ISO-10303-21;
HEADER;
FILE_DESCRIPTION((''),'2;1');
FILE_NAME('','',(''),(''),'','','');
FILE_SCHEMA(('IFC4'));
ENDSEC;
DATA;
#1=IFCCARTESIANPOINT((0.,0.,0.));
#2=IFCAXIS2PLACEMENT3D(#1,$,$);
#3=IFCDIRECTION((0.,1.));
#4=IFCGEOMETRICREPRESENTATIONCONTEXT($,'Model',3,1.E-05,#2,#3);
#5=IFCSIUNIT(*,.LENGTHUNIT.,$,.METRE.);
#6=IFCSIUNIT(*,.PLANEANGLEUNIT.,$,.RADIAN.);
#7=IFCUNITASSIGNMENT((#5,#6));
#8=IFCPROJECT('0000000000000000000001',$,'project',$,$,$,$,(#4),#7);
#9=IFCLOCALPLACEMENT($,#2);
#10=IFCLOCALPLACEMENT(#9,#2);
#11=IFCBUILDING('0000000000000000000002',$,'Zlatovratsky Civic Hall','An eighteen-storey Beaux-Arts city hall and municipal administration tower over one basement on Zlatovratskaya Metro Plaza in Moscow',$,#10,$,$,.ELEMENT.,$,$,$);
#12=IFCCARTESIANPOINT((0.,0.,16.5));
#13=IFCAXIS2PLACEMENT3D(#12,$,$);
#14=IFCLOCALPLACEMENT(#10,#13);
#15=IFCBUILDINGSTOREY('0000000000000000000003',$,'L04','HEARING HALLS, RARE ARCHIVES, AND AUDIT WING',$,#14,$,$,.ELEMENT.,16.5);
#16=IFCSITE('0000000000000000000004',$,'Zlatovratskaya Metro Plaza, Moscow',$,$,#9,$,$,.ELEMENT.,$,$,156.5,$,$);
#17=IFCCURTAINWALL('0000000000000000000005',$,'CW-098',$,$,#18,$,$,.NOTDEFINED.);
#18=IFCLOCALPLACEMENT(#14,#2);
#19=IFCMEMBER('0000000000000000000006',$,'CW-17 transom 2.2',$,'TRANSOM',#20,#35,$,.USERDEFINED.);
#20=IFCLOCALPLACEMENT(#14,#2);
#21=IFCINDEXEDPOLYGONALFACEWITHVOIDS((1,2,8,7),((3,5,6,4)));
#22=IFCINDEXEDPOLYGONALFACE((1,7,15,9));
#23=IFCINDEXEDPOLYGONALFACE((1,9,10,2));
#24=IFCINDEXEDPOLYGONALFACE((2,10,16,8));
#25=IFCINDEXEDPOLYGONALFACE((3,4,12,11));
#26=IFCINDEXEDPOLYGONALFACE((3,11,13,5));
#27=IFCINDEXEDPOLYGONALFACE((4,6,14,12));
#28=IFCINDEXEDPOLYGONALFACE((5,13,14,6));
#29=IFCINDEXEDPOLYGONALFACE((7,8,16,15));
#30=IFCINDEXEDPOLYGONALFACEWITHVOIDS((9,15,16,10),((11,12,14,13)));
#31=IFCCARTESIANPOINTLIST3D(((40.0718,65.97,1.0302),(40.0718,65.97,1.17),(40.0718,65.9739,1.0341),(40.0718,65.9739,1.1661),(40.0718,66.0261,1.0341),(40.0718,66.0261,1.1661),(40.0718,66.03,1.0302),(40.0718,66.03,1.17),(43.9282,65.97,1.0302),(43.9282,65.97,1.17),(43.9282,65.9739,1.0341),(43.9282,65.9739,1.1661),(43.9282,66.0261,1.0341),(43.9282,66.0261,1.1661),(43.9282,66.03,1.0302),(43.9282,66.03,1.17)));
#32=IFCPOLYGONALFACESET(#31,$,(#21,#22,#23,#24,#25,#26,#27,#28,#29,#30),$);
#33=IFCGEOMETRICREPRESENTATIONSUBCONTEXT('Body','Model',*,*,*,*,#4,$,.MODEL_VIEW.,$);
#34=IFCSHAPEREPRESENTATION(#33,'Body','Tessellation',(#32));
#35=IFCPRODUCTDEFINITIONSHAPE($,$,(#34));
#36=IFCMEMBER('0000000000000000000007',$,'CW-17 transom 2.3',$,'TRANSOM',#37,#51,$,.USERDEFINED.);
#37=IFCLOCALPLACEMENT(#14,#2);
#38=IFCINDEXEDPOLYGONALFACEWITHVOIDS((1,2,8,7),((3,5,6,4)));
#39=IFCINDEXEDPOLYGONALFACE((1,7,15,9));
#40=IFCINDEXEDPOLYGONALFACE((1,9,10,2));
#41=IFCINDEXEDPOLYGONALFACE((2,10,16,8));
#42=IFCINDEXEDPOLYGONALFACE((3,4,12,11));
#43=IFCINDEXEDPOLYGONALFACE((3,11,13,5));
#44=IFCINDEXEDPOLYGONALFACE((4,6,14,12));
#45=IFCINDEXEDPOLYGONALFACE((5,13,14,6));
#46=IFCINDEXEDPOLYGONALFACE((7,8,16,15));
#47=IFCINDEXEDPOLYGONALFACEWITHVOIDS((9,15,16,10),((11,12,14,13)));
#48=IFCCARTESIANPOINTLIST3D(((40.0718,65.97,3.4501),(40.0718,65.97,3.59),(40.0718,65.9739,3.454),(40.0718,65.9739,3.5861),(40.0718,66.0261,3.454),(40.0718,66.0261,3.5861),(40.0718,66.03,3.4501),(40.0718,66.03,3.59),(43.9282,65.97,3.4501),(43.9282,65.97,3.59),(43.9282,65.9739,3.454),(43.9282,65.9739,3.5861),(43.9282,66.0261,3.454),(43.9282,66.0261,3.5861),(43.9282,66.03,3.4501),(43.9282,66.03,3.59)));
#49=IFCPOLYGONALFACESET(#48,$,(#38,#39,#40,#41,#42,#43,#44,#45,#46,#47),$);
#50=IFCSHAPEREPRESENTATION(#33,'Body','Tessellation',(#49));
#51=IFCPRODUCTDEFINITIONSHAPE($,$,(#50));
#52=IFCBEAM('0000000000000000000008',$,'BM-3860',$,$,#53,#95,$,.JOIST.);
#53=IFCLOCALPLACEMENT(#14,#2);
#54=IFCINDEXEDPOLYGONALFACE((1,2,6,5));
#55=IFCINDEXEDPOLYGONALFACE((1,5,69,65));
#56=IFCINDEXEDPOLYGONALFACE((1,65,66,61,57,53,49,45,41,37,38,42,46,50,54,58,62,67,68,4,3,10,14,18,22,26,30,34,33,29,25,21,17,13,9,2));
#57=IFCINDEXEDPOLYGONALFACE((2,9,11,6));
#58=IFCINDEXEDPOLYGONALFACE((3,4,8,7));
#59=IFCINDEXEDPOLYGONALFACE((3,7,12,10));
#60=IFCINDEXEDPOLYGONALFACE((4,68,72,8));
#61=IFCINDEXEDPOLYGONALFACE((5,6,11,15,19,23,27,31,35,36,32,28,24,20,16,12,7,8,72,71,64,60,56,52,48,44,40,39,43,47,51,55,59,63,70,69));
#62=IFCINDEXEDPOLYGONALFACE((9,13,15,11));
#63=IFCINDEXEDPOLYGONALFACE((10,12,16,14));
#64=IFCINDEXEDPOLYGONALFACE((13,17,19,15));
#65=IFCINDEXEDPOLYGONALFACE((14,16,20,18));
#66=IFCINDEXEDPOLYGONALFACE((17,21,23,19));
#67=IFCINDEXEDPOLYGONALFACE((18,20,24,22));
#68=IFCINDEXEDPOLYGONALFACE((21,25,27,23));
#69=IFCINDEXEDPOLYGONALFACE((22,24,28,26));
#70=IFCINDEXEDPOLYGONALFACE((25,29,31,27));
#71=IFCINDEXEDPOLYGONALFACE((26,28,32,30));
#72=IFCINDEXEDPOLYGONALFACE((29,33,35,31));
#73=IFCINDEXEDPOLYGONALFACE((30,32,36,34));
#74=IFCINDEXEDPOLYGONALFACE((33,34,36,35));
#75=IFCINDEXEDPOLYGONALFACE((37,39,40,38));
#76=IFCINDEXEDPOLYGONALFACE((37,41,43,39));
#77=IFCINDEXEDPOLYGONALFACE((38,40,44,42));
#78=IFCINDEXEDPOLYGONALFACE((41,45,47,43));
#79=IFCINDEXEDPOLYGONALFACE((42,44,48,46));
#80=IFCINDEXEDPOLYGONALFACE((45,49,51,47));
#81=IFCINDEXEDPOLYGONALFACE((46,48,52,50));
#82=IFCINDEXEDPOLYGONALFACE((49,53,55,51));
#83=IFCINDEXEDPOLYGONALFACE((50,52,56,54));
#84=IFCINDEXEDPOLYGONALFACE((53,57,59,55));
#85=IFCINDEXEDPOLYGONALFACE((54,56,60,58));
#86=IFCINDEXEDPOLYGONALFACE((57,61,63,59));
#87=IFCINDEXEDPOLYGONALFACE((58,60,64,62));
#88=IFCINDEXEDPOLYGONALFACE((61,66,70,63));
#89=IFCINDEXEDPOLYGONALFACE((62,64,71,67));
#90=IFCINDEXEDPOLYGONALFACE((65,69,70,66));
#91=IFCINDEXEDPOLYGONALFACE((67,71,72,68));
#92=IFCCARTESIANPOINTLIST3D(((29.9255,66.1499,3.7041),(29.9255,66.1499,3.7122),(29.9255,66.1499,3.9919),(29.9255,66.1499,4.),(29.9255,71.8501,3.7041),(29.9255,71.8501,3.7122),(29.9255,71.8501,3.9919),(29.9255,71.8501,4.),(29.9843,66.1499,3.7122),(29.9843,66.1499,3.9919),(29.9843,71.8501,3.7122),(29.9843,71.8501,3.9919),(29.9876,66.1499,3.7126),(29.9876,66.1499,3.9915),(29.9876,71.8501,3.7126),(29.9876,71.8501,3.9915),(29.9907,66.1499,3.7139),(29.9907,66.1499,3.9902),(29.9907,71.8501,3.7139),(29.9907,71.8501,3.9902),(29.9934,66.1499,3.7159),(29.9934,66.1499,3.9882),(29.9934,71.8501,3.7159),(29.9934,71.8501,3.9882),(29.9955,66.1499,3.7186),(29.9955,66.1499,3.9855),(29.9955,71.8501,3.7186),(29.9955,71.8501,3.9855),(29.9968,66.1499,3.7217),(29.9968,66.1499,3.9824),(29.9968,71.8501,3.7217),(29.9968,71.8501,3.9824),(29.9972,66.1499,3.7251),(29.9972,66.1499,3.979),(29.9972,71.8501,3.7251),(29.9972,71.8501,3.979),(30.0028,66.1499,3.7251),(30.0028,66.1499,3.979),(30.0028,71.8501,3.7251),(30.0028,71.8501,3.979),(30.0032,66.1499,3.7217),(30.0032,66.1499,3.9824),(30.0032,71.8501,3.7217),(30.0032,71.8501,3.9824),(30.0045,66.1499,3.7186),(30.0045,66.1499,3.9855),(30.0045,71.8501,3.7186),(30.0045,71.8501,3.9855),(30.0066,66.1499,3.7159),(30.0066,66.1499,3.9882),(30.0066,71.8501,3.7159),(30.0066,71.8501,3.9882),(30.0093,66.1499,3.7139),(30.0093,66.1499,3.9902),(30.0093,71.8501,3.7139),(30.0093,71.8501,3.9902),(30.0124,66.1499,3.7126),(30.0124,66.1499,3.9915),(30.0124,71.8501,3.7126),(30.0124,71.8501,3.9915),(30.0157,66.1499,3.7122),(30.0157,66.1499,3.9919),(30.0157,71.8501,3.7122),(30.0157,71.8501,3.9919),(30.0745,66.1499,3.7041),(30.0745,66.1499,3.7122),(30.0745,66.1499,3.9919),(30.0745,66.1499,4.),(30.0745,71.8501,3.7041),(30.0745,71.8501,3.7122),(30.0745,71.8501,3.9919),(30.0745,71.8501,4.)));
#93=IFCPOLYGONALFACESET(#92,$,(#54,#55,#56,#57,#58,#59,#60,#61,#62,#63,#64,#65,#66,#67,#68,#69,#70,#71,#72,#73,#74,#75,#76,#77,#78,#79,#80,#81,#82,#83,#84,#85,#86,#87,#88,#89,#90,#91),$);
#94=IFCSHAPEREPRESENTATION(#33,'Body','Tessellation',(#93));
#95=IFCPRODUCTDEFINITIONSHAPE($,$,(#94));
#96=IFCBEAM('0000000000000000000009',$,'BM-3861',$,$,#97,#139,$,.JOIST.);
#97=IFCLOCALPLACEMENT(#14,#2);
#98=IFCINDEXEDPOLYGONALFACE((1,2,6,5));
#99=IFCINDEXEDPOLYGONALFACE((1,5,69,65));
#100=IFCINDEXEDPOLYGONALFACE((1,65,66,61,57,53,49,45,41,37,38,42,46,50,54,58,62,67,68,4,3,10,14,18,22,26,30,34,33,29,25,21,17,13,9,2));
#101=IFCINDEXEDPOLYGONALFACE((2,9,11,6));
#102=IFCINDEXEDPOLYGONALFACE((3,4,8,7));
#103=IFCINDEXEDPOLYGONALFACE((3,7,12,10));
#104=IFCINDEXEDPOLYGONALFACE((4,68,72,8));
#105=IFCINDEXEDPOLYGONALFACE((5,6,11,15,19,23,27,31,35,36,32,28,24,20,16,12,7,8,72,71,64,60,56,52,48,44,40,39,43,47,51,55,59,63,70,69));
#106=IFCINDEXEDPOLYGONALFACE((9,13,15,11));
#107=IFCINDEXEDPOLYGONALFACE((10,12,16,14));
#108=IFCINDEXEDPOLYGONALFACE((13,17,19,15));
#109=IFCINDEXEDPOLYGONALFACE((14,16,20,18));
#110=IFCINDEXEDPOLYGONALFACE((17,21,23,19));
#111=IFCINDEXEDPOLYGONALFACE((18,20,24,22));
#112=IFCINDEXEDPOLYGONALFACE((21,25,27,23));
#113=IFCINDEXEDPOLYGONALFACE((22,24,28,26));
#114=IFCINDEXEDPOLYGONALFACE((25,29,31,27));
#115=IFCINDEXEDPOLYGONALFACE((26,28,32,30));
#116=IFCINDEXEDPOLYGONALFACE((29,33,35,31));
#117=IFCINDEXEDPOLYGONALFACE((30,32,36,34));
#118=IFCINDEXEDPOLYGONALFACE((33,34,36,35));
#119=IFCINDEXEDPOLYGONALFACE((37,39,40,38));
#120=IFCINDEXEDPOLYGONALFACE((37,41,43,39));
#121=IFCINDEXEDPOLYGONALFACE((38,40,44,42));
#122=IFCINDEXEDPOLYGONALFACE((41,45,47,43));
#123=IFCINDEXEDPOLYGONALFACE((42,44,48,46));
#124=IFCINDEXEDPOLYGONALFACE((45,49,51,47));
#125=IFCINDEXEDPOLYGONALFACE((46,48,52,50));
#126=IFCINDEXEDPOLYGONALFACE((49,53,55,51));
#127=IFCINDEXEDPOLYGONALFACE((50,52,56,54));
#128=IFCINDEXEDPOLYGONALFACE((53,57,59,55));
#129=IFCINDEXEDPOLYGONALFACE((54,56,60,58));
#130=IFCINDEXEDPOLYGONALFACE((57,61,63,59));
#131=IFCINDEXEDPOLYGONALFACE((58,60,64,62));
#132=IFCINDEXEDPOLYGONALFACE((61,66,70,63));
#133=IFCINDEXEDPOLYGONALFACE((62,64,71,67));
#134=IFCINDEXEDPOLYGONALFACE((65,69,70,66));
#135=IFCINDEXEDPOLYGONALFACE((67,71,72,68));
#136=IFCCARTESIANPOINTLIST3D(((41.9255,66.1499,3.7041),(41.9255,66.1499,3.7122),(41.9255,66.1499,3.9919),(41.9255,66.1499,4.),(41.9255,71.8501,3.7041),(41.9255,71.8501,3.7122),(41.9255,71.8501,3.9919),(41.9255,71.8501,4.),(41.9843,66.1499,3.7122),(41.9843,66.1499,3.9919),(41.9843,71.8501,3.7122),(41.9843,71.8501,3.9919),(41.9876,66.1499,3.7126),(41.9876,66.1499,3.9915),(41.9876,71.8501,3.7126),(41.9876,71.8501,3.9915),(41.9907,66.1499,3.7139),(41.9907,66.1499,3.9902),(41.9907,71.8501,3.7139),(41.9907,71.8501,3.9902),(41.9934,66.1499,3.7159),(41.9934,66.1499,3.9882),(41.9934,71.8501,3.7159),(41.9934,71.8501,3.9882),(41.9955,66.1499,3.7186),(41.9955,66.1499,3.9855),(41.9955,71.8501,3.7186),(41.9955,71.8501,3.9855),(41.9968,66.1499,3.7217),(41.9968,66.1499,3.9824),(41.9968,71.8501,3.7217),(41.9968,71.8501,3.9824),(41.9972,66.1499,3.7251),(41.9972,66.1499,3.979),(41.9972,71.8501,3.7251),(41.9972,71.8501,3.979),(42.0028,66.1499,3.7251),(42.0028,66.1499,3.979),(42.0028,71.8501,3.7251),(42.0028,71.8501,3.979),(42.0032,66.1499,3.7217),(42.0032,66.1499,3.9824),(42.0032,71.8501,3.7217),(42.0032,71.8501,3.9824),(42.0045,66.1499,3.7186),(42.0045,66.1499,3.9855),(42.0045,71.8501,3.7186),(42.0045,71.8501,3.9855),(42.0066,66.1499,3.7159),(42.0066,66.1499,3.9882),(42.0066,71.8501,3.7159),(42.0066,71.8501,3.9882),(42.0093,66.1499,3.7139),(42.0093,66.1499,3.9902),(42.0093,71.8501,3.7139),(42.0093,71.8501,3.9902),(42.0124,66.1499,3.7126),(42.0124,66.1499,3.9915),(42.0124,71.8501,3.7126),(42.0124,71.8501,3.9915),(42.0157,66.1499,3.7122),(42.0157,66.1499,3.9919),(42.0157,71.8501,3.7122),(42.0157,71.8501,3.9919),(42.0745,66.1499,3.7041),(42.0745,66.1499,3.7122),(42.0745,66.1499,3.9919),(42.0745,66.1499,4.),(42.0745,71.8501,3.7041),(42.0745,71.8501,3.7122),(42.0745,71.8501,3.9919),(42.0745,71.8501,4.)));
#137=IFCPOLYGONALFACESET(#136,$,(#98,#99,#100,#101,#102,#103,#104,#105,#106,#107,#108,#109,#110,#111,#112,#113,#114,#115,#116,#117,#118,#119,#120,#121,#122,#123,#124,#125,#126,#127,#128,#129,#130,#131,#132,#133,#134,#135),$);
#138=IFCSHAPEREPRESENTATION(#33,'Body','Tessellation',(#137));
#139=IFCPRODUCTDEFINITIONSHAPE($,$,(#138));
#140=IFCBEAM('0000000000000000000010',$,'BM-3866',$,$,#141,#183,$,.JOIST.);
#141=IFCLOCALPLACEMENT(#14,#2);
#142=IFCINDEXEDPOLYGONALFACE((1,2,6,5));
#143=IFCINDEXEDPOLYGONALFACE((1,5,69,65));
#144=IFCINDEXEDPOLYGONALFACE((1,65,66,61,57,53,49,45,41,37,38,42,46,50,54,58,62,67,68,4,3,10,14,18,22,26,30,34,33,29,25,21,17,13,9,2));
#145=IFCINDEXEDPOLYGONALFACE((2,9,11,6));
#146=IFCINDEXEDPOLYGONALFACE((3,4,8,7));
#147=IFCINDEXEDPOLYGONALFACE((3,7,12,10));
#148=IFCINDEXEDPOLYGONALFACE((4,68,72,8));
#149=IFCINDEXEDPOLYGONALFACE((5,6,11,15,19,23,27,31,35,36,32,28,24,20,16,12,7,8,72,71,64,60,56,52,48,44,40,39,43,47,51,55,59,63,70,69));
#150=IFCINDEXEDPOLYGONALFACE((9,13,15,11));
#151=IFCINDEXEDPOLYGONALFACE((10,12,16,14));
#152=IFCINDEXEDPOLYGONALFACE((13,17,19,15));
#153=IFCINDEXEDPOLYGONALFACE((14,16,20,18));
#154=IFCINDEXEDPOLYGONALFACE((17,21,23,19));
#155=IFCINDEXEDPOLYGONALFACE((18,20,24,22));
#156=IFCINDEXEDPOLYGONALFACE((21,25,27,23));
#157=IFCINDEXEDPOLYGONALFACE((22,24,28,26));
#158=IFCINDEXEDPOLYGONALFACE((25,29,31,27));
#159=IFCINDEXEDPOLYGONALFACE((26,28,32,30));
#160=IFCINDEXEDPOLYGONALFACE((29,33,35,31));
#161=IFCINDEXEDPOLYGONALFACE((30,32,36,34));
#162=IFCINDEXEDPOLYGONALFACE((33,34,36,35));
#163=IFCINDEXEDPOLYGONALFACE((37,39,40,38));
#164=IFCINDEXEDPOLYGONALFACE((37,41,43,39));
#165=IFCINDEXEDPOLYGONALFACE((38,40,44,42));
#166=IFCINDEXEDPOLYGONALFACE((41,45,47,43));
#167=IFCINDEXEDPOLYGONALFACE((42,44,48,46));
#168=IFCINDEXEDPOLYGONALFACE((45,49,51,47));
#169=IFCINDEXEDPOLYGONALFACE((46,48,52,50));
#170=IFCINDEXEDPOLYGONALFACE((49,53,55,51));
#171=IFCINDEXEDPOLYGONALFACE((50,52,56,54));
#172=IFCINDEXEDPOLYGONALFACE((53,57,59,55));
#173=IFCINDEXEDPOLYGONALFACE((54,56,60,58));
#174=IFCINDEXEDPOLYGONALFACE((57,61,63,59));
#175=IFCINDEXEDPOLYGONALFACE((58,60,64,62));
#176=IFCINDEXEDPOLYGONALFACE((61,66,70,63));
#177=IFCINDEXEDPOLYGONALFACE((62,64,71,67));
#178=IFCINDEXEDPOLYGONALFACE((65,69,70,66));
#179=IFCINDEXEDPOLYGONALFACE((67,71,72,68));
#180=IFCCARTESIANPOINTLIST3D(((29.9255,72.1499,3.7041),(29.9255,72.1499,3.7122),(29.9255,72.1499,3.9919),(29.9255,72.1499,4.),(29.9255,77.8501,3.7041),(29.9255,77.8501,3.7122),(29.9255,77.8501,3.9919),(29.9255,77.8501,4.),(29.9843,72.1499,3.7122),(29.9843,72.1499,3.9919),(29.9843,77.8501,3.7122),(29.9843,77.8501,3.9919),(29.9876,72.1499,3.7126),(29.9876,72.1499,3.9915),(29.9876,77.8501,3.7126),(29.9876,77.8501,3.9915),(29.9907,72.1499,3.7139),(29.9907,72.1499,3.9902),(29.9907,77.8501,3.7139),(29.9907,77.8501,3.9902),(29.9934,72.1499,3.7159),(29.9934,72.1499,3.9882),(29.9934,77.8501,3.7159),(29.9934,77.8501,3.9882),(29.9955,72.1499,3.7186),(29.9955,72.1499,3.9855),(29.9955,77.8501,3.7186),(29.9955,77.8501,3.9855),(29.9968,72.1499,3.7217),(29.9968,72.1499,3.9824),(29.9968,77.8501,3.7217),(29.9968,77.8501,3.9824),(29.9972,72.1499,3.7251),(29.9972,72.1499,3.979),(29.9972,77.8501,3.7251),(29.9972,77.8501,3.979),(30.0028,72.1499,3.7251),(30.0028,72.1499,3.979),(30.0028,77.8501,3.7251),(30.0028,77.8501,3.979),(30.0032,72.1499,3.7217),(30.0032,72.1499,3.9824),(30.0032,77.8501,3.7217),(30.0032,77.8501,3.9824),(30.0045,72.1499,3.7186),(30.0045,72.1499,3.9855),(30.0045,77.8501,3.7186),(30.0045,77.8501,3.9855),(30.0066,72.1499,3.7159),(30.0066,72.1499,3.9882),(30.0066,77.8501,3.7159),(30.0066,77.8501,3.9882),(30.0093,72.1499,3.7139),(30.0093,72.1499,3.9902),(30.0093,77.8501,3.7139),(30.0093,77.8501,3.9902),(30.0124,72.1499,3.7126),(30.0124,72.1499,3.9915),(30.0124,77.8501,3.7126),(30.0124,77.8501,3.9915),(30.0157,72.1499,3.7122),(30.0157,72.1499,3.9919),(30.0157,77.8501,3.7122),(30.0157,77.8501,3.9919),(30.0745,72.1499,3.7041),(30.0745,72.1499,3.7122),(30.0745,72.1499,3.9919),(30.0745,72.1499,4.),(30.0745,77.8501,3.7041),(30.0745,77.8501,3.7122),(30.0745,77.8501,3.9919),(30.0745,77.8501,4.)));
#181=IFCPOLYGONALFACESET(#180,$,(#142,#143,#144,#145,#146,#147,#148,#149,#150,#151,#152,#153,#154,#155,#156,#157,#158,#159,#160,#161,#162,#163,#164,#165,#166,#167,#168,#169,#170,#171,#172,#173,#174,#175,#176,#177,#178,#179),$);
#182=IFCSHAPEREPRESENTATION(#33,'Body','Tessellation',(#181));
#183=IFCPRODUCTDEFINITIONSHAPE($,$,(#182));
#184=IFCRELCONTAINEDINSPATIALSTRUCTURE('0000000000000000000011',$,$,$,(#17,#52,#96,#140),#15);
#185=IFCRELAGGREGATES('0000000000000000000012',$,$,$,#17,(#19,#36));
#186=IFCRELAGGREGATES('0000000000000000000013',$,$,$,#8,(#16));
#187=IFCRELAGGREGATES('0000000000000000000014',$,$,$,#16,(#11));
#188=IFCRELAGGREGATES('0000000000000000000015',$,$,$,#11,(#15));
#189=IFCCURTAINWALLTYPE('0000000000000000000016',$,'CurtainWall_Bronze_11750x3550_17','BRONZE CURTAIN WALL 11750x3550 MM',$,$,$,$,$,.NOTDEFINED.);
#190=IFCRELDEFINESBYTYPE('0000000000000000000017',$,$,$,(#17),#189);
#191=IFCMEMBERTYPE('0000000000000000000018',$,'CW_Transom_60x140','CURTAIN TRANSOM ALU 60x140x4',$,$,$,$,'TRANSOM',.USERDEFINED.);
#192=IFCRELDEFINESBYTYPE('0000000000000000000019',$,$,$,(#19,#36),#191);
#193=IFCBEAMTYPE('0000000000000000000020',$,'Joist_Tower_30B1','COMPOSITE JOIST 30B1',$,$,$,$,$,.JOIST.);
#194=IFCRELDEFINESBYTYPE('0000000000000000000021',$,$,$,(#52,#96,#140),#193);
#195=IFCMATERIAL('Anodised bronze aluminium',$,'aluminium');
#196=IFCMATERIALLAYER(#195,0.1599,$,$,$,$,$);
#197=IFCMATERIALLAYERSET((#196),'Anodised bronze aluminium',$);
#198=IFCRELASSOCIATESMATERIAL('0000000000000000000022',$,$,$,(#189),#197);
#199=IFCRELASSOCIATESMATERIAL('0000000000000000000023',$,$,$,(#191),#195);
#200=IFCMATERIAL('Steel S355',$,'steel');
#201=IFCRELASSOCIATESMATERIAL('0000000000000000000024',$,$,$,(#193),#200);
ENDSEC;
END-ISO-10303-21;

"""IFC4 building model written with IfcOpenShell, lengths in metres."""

from ifc_helpers import new_model, si_unit, direction, frame, origin, origin_2d, place, context, subcontext, project, spatial, hollow_rectangle, i_section, extrude, material, layer, layer_set, material_profile, profile_set, type_object, element, aggregate, save


model = new_model("IFC4")

# Units and contexts
model_context = context("Model", 3, precision=1e-05, world=origin(), true_north=direction((0.0, 1.0)))
body_context = subcontext(model_context, "Body", "Model", "MODEL_VIEW")
ifc_project = project(units=[si_unit("LENGTHUNIT", "METRE"), si_unit("PLANEANGLEUNIT", "RADIAN")], contexts=[model_context])

# Site, building, storey
site_placement = place(None, origin())
site = spatial("IfcSite", under=ifc_project, at=site_placement, Name="Zlatovratskaya Metro Plaza, Moscow", CompositionType="ELEMENT", RefElevation=156.5)
building_placement = place(site_placement, origin())
building = spatial("IfcBuilding", under=site, at=building_placement, Name="Zlatovratsky Civic Hall", Description="An eighteen-storey Beaux-Arts city hall and municipal administration tower over one basement on Zlatovratskaya Metro Plaza in Moscow", CompositionType="ELEMENT")
storey_placement = place(building_placement, frame((0.0, 0.0, 16.5)))
storey = spatial("IfcBuildingStorey", under=building, at=storey_placement, Name="L04", Description="HEARING HALLS, RARE ARCHIVES, AND AUDIT WING", CompositionType="ELEMENT", Elevation=16.5)

# Shared definitions
ifc_material_1 = material(Name="Steel S355", Category="steel")

# Curtain wall
ifc_material_2 = material(Name="Anodised bronze aluminium", Category="aluminium")
ifc_layer_1 = layer(ifc_material_2, 0.1599)
ifc_layer_set_1 = layer_set([ifc_layer_1], Name="Anodised bronze aluminium")
curtain_wall_type = type_object("IfcCurtainWallType", Name="CurtainWall_Bronze_11750x3550_17", Description="BRONZE CURTAIN WALL 11750x3550 MM", PredefinedType="NOTDEFINED", material=ifc_layer_set_1)
curtain_wall_1_placement = place(storey_placement, origin())
curtain_wall_1 = element("IfcCurtainWall", 1, at=curtain_wall_1_placement, inside=storey, type_object=curtain_wall_type, Name="CW-098", PredefinedType="NOTDEFINED")

# Members
ifc_material_profile_1 = material_profile(ifc_material_2, hollow_rectangle(XDim=0.0601, YDim=0.1399, WallThickness=0.0039, at=origin_2d()), Name="ALU 60x140x4")
ifc_profile_set_1 = profile_set([ifc_material_profile_1], Name="Anodised bronze aluminium")
member_type_1 = type_object("IfcMemberType", Name="CW_Transom_60x140", Description="CURTAIN TRANSOM ALU 60x140x4", ElementType="TRANSOM", PredefinedType="USERDEFINED", material=ifc_profile_set_1)
member_1_placement = place(storey_placement, frame((40.0718, 66.0, 1.1001), z_axis=(1.0, 0.0, 0.0), x_axis=(0.0, 1.0, 0.0)))
member_1 = element("IfcMember", 2, at=member_1_placement, type_object=member_type_1, Name="CW-17 transom 2.2", ObjectType="TRANSOM", PredefinedType="USERDEFINED", context=body_context, shape_type="SweptSolid", body=[
    extrude(hollow_rectangle(XDim=0.0601, YDim=0.1399, WallThickness=0.0039, at=origin_2d()), origin(), (0.0, 0.0, 1.0), 3.8564),
])
member_2_placement = place(storey_placement, frame((40.0718, 66.0, 3.52), z_axis=(1.0, 0.0, 0.0), x_axis=(0.0, 1.0, 0.0)))
member_2 = element("IfcMember", 3, at=member_2_placement, type_object=member_type_1, Name="CW-17 transom 2.3", ObjectType="TRANSOM", PredefinedType="USERDEFINED", context=body_context, shape_type="SweptSolid", body=[
    extrude(hollow_rectangle(XDim=0.0601, YDim=0.1399, WallThickness=0.0039, at=origin_2d()), origin(), (0.0, 0.0, 1.0), 3.8564),
])

# Beams
ifc_material_profile_2 = material_profile(ifc_material_1, i_section(OverallWidth=0.1489, OverallDepth=0.2959, WebThickness=0.0056, FlangeThickness=0.0081, FilletRadius=0.0129, at=origin_2d()), Name="30B1")
ifc_profile_set_2 = profile_set([ifc_material_profile_2], Name="Steel S355")
beam_type_1 = type_object("IfcBeamType", Name="Joist_Tower_30B1", Description="COMPOSITE JOIST 30B1", PredefinedType="JOIST", material=ifc_profile_set_2)
for number, where, z_axis, x_axis, name in (
    (4, (30.0, 66.1499, 3.8521), (0.0, 1.0, 0.0), (-1.0, 0.0, 0.0), "BM-3860"),
    (5, (42.0, 66.1499, 3.8521), (0.0, 1.0, 0.0), (-1.0, 0.0, 0.0), "BM-3861"),
    (6, (30.0, 72.1499, 3.8521), (0.0, 1.0, 0.0), (-1.0, 0.0, 0.0), "BM-3866"),
):
    element("IfcBeam", number, at=place(storey_placement, frame(where, z_axis=z_axis, x_axis=x_axis)), inside=storey, type_object=beam_type_1, Name=name, PredefinedType="JOIST", context=body_context, shape_type="SweptSolid", body=[
        extrude(i_section(OverallWidth=0.1489, OverallDepth=0.2959, WebThickness=0.0056, FlangeThickness=0.0081, FilletRadius=0.0129, at=origin_2d()), origin(), (0.0, 0.0, 1.0), 5.7002),
    ])

aggregate(curtain_wall_1, [member_1, member_2])

save(model, "model.ifc")
